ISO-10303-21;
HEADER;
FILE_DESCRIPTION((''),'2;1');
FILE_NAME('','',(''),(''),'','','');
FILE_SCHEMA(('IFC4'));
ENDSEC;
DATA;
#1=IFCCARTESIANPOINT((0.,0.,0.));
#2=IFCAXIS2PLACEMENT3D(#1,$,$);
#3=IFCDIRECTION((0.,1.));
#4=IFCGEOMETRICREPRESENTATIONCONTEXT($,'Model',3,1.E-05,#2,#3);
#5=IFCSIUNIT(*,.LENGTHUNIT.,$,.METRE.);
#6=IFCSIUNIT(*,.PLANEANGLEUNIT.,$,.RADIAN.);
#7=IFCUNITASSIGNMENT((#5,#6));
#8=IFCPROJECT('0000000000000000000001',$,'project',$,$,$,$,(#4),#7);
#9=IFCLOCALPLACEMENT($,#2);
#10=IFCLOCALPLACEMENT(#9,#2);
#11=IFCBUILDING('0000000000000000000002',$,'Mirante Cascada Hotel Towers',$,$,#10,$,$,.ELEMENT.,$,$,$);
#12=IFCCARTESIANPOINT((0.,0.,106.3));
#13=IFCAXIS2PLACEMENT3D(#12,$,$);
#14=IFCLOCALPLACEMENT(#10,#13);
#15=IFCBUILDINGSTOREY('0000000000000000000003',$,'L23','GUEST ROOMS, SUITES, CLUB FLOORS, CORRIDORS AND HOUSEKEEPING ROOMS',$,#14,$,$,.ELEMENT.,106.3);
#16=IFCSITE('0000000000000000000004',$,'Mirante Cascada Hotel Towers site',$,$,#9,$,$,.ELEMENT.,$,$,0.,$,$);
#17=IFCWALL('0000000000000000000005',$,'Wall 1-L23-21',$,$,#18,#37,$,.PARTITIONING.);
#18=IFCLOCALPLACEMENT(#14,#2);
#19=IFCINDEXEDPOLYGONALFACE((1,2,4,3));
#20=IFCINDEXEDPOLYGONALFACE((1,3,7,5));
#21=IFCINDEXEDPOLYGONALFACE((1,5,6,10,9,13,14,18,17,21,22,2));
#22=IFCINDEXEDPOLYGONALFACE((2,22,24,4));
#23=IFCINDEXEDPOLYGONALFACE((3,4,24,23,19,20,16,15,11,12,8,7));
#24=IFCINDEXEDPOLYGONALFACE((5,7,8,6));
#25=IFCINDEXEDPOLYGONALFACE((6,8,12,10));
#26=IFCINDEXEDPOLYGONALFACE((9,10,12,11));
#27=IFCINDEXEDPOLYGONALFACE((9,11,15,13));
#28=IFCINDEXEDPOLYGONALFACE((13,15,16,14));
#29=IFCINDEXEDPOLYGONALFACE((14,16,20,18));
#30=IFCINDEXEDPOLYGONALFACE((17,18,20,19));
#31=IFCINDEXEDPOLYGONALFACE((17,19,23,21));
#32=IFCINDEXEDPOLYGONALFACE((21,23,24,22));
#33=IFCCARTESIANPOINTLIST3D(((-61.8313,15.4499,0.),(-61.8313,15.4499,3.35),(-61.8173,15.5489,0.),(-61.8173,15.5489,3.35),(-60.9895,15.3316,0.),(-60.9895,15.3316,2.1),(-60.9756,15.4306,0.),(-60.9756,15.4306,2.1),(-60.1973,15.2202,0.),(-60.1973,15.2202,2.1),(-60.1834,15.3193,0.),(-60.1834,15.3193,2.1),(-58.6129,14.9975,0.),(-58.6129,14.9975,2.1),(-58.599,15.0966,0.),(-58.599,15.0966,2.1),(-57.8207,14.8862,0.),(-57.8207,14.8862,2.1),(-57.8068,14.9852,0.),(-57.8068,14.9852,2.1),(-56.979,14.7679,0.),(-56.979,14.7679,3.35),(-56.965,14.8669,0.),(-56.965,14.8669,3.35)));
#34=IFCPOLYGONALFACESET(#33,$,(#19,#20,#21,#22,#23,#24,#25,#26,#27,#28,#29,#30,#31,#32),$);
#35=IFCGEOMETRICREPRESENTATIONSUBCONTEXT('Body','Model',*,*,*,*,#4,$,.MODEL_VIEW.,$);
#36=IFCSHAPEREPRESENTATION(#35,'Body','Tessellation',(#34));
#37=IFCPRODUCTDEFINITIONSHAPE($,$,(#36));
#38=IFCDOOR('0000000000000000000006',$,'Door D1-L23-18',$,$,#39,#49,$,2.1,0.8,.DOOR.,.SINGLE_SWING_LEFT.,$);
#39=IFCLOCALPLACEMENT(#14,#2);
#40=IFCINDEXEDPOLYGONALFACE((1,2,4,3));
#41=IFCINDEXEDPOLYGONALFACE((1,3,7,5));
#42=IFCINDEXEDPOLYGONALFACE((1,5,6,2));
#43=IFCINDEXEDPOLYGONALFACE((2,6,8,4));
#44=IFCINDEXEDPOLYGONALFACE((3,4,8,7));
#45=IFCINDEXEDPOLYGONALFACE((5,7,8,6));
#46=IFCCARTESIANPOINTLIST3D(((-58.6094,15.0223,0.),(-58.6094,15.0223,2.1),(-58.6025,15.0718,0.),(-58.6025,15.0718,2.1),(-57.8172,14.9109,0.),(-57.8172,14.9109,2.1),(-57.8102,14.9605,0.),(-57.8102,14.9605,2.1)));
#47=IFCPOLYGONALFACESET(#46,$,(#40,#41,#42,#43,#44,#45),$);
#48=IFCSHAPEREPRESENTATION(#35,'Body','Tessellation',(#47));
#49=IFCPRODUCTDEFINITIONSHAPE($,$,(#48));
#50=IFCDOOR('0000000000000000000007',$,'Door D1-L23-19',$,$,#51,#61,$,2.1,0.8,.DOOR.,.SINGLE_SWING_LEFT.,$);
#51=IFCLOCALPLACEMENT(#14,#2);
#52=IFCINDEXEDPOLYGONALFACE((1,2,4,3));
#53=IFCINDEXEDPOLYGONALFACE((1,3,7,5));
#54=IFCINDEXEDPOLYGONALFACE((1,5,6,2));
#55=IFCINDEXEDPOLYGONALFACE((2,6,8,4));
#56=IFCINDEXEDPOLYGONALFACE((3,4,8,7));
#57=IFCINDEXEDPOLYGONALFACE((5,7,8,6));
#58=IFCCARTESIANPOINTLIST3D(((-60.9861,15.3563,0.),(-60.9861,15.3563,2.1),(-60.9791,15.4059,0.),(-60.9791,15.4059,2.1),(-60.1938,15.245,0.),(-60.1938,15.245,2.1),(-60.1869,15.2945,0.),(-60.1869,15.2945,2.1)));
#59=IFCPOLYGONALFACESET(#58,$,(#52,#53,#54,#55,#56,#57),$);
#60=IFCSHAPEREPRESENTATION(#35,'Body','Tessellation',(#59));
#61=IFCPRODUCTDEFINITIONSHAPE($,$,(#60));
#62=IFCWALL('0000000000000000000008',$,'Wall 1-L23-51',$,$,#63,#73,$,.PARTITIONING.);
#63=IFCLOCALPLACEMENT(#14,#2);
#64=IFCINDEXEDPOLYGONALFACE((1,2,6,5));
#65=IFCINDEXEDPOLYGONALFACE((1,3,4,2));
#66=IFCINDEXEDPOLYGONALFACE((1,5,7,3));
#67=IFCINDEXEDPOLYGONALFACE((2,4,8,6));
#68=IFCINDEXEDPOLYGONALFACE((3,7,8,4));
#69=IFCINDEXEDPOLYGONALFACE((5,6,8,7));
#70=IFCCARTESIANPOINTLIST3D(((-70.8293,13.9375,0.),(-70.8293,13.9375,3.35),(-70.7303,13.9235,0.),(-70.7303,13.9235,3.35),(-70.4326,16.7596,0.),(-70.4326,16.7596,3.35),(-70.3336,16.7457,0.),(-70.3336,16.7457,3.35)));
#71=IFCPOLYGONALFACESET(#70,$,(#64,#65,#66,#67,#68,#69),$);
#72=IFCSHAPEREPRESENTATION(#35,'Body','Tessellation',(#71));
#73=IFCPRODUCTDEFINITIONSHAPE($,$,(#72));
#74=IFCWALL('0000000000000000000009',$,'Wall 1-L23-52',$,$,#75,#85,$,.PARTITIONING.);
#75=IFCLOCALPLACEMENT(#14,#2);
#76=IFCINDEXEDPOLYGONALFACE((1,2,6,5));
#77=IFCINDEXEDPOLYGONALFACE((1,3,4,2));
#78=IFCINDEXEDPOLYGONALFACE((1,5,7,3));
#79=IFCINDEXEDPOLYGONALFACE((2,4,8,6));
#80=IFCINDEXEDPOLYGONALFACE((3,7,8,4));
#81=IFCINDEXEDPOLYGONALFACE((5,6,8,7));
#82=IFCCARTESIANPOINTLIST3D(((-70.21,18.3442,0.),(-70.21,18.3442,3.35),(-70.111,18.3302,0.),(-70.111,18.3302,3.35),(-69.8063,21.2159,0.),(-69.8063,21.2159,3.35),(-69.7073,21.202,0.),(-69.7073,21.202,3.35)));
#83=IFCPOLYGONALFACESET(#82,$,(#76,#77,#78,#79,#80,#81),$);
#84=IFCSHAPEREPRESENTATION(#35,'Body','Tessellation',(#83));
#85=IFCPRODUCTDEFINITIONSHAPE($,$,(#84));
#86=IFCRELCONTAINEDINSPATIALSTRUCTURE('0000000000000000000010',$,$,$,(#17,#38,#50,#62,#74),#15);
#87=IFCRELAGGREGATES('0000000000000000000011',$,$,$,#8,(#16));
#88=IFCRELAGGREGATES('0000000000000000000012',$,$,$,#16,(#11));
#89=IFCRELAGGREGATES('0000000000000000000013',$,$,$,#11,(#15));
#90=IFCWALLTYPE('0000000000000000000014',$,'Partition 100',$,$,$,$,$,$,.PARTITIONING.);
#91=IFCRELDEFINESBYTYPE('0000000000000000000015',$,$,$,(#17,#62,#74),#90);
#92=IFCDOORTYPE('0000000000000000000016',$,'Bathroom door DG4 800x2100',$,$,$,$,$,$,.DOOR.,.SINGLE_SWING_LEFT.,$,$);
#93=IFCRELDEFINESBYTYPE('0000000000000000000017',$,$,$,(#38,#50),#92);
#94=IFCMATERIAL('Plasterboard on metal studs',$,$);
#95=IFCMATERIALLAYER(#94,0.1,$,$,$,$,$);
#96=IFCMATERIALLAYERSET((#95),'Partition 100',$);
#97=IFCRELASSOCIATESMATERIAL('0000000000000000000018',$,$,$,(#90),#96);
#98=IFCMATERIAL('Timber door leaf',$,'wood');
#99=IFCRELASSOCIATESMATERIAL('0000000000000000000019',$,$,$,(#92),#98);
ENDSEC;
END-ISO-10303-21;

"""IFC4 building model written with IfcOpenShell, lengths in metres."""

from ifc_helpers import new_model, si_unit, direction, frame, frame_2d, origin, place, context, subcontext, project, spatial, rectangle, extrude, material, layer, layer_set, type_object, element, fill, save


model = new_model("IFC4")

# Units and contexts
model_context = context("Model", 3, precision=1e-05, world=origin(), true_north=direction((0.0, 1.0)))
body_context = subcontext(model_context, "Body", "Model", "MODEL_VIEW")
ifc_project = project(units=[si_unit("LENGTHUNIT", "METRE"), si_unit("PLANEANGLEUNIT", "RADIAN")], contexts=[model_context])

# Site, building, storey
site_placement = place(None, origin())
site = spatial("IfcSite", under=ifc_project, at=site_placement, Name="Mirante Cascada Hotel Towers site", CompositionType="ELEMENT", RefElevation=0.0)
building_placement = place(site_placement, origin())
building = spatial("IfcBuilding", under=site, at=building_placement, Name="Mirante Cascada Hotel Towers", CompositionType="ELEMENT")
storey_placement = place(building_placement, frame((0.0, 0.0, 106.3)))
storey = spatial("IfcBuildingStorey", under=building, at=storey_placement, Name="L23", Description="GUEST ROOMS, SUITES, CLUB FLOORS, CORRIDORS AND HOUSEKEEPING ROOMS", CompositionType="ELEMENT", Elevation=106.3)

# Wall, openings, doors
ifc_material_1 = material(Name="Plasterboard on metal studs")
ifc_layer_1 = layer(ifc_material_1, 0.1)
ifc_layer_set_1 = layer_set([ifc_layer_1], Name="Partition 100")
wall_type_1 = type_object("IfcWallType", Name="Partition 100", PredefinedType="PARTITIONING", material=ifc_layer_set_1)
wall_1_placement = place(storey_placement, frame((-61.8243, 15.4994, 0.0), z_axis=(0.0, 0.0, 1.0), x_axis=(0.990267, -0.139184, 0.0)))
wall_1 = element("IfcWall", 1, at=wall_1_placement, inside=storey, type_object=wall_type_1, Name="Wall 1-L23-21", PredefinedType="PARTITIONING", context=body_context, shape_type="SweptSolid", body=[
    extrude(rectangle(XDim=4.9, YDim=0.1, at=frame_2d((2.45, 0.0))), origin(), (0.0, 0.0, 1.0), 3.35),
])
opening_1_placement = place(wall_1_placement, frame((3.25, 0.0, 0.0)))
opening_1 = element("IfcOpeningElement", 2, at=opening_1_placement, cuts=wall_1, PredefinedType="OPENING", context=body_context, shape_type="SweptSolid", body=[
    extrude(rectangle(XDim=0.8, YDim=2.1, at=frame_2d((0.4, 1.05))), frame((0.0, 0.05, 0.0), z_axis=(0.0, -1.0, 0.0), x_axis=(1.0, 0.0, 0.0)), (0.0, 0.0, 1.0), 0.1),
])
opening_2_placement = place(wall_1_placement, frame((0.85, 0.0, 0.0)))
opening_2 = element("IfcOpeningElement", 3, at=opening_2_placement, cuts=wall_1, PredefinedType="OPENING", context=body_context, shape_type="SweptSolid", body=[
    extrude(rectangle(XDim=0.8, YDim=2.1, at=frame_2d((0.4, 1.05))), frame((0.0, 0.05, 0.0), z_axis=(0.0, -1.0, 0.0), x_axis=(1.0, 0.0, 0.0)), (0.0, 0.0, 1.0), 0.1),
])
ifc_material_2 = material(Name="Timber door leaf", Category="wood")
door_type = type_object("IfcDoorType", Name="Bathroom door DG4 800x2100", OperationType="SINGLE_SWING_LEFT", PredefinedType="DOOR", material=ifc_material_2)
door_1_placement = place(opening_1_placement, origin())
door_1 = element("IfcDoor", 4, at=door_1_placement, inside=storey, type_object=door_type, Name="Door D1-L23-18", OperationType="SINGLE_SWING_LEFT", OverallHeight=2.1, OverallWidth=0.8, PredefinedType="DOOR", context=body_context, shape_type="SweptSolid", body=[
    extrude(rectangle(XDim=0.8, YDim=2.1, at=frame_2d((0.4, 1.05))), frame((0.0, 0.025, 0.0), z_axis=(0.0, -1.0, 0.0), x_axis=(1.0, 0.0, 0.0)), (0.0, 0.0, 1.0), 0.05),
])
fill(opening_1, door_1)
door_2_placement = place(opening_2_placement, origin())
door_2 = element("IfcDoor", 5, at=door_2_placement, inside=storey, type_object=door_type, Name="Door D1-L23-19", OperationType="SINGLE_SWING_LEFT", OverallHeight=2.1, OverallWidth=0.8, PredefinedType="DOOR", context=body_context, shape_type="SweptSolid", body=[
    extrude(rectangle(XDim=0.8, YDim=2.1, at=frame_2d((0.4, 1.05))), frame((0.0, 0.025, 0.0), z_axis=(0.0, -1.0, 0.0), x_axis=(1.0, 0.0, 0.0)), (0.0, 0.0, 1.0), 0.05),
])
fill(opening_2, door_2)

# Walls
wall_2_placement = place(storey_placement, frame((-70.3831, 16.7527, 0.0), z_axis=(0.0, 0.0, 1.0), x_axis=(-0.139196, -0.990265, 0.0)))
element("IfcWall", 6, at=wall_2_placement, inside=storey, type_object=wall_type_1, Name="Wall 1-L23-51", PredefinedType="PARTITIONING", context=body_context, shape_type="SweptSolid", body=[
    extrude(rectangle(XDim=2.8499, YDim=0.1, at=frame_2d((1.425, 0.0))), origin(), (0.0, 0.0, 1.0), 3.35),
])
wall_3_placement = place(storey_placement, frame((-70.1605, 18.3372, 0.0), z_axis=(0.0, 0.0, 1.0), x_axis=(0.139205, 0.990264, 0.0)))
element("IfcWall", 7, at=wall_3_placement, inside=storey, type_object=wall_type_1, Name="Wall 1-L23-52", PredefinedType="PARTITIONING", context=body_context, shape_type="SweptSolid", body=[
    extrude(rectangle(XDim=2.9, YDim=0.1, at=frame_2d((1.45, 0.0))), origin(), (0.0, 0.0, 1.0), 3.35),
])

save(model, "model.ifc")
